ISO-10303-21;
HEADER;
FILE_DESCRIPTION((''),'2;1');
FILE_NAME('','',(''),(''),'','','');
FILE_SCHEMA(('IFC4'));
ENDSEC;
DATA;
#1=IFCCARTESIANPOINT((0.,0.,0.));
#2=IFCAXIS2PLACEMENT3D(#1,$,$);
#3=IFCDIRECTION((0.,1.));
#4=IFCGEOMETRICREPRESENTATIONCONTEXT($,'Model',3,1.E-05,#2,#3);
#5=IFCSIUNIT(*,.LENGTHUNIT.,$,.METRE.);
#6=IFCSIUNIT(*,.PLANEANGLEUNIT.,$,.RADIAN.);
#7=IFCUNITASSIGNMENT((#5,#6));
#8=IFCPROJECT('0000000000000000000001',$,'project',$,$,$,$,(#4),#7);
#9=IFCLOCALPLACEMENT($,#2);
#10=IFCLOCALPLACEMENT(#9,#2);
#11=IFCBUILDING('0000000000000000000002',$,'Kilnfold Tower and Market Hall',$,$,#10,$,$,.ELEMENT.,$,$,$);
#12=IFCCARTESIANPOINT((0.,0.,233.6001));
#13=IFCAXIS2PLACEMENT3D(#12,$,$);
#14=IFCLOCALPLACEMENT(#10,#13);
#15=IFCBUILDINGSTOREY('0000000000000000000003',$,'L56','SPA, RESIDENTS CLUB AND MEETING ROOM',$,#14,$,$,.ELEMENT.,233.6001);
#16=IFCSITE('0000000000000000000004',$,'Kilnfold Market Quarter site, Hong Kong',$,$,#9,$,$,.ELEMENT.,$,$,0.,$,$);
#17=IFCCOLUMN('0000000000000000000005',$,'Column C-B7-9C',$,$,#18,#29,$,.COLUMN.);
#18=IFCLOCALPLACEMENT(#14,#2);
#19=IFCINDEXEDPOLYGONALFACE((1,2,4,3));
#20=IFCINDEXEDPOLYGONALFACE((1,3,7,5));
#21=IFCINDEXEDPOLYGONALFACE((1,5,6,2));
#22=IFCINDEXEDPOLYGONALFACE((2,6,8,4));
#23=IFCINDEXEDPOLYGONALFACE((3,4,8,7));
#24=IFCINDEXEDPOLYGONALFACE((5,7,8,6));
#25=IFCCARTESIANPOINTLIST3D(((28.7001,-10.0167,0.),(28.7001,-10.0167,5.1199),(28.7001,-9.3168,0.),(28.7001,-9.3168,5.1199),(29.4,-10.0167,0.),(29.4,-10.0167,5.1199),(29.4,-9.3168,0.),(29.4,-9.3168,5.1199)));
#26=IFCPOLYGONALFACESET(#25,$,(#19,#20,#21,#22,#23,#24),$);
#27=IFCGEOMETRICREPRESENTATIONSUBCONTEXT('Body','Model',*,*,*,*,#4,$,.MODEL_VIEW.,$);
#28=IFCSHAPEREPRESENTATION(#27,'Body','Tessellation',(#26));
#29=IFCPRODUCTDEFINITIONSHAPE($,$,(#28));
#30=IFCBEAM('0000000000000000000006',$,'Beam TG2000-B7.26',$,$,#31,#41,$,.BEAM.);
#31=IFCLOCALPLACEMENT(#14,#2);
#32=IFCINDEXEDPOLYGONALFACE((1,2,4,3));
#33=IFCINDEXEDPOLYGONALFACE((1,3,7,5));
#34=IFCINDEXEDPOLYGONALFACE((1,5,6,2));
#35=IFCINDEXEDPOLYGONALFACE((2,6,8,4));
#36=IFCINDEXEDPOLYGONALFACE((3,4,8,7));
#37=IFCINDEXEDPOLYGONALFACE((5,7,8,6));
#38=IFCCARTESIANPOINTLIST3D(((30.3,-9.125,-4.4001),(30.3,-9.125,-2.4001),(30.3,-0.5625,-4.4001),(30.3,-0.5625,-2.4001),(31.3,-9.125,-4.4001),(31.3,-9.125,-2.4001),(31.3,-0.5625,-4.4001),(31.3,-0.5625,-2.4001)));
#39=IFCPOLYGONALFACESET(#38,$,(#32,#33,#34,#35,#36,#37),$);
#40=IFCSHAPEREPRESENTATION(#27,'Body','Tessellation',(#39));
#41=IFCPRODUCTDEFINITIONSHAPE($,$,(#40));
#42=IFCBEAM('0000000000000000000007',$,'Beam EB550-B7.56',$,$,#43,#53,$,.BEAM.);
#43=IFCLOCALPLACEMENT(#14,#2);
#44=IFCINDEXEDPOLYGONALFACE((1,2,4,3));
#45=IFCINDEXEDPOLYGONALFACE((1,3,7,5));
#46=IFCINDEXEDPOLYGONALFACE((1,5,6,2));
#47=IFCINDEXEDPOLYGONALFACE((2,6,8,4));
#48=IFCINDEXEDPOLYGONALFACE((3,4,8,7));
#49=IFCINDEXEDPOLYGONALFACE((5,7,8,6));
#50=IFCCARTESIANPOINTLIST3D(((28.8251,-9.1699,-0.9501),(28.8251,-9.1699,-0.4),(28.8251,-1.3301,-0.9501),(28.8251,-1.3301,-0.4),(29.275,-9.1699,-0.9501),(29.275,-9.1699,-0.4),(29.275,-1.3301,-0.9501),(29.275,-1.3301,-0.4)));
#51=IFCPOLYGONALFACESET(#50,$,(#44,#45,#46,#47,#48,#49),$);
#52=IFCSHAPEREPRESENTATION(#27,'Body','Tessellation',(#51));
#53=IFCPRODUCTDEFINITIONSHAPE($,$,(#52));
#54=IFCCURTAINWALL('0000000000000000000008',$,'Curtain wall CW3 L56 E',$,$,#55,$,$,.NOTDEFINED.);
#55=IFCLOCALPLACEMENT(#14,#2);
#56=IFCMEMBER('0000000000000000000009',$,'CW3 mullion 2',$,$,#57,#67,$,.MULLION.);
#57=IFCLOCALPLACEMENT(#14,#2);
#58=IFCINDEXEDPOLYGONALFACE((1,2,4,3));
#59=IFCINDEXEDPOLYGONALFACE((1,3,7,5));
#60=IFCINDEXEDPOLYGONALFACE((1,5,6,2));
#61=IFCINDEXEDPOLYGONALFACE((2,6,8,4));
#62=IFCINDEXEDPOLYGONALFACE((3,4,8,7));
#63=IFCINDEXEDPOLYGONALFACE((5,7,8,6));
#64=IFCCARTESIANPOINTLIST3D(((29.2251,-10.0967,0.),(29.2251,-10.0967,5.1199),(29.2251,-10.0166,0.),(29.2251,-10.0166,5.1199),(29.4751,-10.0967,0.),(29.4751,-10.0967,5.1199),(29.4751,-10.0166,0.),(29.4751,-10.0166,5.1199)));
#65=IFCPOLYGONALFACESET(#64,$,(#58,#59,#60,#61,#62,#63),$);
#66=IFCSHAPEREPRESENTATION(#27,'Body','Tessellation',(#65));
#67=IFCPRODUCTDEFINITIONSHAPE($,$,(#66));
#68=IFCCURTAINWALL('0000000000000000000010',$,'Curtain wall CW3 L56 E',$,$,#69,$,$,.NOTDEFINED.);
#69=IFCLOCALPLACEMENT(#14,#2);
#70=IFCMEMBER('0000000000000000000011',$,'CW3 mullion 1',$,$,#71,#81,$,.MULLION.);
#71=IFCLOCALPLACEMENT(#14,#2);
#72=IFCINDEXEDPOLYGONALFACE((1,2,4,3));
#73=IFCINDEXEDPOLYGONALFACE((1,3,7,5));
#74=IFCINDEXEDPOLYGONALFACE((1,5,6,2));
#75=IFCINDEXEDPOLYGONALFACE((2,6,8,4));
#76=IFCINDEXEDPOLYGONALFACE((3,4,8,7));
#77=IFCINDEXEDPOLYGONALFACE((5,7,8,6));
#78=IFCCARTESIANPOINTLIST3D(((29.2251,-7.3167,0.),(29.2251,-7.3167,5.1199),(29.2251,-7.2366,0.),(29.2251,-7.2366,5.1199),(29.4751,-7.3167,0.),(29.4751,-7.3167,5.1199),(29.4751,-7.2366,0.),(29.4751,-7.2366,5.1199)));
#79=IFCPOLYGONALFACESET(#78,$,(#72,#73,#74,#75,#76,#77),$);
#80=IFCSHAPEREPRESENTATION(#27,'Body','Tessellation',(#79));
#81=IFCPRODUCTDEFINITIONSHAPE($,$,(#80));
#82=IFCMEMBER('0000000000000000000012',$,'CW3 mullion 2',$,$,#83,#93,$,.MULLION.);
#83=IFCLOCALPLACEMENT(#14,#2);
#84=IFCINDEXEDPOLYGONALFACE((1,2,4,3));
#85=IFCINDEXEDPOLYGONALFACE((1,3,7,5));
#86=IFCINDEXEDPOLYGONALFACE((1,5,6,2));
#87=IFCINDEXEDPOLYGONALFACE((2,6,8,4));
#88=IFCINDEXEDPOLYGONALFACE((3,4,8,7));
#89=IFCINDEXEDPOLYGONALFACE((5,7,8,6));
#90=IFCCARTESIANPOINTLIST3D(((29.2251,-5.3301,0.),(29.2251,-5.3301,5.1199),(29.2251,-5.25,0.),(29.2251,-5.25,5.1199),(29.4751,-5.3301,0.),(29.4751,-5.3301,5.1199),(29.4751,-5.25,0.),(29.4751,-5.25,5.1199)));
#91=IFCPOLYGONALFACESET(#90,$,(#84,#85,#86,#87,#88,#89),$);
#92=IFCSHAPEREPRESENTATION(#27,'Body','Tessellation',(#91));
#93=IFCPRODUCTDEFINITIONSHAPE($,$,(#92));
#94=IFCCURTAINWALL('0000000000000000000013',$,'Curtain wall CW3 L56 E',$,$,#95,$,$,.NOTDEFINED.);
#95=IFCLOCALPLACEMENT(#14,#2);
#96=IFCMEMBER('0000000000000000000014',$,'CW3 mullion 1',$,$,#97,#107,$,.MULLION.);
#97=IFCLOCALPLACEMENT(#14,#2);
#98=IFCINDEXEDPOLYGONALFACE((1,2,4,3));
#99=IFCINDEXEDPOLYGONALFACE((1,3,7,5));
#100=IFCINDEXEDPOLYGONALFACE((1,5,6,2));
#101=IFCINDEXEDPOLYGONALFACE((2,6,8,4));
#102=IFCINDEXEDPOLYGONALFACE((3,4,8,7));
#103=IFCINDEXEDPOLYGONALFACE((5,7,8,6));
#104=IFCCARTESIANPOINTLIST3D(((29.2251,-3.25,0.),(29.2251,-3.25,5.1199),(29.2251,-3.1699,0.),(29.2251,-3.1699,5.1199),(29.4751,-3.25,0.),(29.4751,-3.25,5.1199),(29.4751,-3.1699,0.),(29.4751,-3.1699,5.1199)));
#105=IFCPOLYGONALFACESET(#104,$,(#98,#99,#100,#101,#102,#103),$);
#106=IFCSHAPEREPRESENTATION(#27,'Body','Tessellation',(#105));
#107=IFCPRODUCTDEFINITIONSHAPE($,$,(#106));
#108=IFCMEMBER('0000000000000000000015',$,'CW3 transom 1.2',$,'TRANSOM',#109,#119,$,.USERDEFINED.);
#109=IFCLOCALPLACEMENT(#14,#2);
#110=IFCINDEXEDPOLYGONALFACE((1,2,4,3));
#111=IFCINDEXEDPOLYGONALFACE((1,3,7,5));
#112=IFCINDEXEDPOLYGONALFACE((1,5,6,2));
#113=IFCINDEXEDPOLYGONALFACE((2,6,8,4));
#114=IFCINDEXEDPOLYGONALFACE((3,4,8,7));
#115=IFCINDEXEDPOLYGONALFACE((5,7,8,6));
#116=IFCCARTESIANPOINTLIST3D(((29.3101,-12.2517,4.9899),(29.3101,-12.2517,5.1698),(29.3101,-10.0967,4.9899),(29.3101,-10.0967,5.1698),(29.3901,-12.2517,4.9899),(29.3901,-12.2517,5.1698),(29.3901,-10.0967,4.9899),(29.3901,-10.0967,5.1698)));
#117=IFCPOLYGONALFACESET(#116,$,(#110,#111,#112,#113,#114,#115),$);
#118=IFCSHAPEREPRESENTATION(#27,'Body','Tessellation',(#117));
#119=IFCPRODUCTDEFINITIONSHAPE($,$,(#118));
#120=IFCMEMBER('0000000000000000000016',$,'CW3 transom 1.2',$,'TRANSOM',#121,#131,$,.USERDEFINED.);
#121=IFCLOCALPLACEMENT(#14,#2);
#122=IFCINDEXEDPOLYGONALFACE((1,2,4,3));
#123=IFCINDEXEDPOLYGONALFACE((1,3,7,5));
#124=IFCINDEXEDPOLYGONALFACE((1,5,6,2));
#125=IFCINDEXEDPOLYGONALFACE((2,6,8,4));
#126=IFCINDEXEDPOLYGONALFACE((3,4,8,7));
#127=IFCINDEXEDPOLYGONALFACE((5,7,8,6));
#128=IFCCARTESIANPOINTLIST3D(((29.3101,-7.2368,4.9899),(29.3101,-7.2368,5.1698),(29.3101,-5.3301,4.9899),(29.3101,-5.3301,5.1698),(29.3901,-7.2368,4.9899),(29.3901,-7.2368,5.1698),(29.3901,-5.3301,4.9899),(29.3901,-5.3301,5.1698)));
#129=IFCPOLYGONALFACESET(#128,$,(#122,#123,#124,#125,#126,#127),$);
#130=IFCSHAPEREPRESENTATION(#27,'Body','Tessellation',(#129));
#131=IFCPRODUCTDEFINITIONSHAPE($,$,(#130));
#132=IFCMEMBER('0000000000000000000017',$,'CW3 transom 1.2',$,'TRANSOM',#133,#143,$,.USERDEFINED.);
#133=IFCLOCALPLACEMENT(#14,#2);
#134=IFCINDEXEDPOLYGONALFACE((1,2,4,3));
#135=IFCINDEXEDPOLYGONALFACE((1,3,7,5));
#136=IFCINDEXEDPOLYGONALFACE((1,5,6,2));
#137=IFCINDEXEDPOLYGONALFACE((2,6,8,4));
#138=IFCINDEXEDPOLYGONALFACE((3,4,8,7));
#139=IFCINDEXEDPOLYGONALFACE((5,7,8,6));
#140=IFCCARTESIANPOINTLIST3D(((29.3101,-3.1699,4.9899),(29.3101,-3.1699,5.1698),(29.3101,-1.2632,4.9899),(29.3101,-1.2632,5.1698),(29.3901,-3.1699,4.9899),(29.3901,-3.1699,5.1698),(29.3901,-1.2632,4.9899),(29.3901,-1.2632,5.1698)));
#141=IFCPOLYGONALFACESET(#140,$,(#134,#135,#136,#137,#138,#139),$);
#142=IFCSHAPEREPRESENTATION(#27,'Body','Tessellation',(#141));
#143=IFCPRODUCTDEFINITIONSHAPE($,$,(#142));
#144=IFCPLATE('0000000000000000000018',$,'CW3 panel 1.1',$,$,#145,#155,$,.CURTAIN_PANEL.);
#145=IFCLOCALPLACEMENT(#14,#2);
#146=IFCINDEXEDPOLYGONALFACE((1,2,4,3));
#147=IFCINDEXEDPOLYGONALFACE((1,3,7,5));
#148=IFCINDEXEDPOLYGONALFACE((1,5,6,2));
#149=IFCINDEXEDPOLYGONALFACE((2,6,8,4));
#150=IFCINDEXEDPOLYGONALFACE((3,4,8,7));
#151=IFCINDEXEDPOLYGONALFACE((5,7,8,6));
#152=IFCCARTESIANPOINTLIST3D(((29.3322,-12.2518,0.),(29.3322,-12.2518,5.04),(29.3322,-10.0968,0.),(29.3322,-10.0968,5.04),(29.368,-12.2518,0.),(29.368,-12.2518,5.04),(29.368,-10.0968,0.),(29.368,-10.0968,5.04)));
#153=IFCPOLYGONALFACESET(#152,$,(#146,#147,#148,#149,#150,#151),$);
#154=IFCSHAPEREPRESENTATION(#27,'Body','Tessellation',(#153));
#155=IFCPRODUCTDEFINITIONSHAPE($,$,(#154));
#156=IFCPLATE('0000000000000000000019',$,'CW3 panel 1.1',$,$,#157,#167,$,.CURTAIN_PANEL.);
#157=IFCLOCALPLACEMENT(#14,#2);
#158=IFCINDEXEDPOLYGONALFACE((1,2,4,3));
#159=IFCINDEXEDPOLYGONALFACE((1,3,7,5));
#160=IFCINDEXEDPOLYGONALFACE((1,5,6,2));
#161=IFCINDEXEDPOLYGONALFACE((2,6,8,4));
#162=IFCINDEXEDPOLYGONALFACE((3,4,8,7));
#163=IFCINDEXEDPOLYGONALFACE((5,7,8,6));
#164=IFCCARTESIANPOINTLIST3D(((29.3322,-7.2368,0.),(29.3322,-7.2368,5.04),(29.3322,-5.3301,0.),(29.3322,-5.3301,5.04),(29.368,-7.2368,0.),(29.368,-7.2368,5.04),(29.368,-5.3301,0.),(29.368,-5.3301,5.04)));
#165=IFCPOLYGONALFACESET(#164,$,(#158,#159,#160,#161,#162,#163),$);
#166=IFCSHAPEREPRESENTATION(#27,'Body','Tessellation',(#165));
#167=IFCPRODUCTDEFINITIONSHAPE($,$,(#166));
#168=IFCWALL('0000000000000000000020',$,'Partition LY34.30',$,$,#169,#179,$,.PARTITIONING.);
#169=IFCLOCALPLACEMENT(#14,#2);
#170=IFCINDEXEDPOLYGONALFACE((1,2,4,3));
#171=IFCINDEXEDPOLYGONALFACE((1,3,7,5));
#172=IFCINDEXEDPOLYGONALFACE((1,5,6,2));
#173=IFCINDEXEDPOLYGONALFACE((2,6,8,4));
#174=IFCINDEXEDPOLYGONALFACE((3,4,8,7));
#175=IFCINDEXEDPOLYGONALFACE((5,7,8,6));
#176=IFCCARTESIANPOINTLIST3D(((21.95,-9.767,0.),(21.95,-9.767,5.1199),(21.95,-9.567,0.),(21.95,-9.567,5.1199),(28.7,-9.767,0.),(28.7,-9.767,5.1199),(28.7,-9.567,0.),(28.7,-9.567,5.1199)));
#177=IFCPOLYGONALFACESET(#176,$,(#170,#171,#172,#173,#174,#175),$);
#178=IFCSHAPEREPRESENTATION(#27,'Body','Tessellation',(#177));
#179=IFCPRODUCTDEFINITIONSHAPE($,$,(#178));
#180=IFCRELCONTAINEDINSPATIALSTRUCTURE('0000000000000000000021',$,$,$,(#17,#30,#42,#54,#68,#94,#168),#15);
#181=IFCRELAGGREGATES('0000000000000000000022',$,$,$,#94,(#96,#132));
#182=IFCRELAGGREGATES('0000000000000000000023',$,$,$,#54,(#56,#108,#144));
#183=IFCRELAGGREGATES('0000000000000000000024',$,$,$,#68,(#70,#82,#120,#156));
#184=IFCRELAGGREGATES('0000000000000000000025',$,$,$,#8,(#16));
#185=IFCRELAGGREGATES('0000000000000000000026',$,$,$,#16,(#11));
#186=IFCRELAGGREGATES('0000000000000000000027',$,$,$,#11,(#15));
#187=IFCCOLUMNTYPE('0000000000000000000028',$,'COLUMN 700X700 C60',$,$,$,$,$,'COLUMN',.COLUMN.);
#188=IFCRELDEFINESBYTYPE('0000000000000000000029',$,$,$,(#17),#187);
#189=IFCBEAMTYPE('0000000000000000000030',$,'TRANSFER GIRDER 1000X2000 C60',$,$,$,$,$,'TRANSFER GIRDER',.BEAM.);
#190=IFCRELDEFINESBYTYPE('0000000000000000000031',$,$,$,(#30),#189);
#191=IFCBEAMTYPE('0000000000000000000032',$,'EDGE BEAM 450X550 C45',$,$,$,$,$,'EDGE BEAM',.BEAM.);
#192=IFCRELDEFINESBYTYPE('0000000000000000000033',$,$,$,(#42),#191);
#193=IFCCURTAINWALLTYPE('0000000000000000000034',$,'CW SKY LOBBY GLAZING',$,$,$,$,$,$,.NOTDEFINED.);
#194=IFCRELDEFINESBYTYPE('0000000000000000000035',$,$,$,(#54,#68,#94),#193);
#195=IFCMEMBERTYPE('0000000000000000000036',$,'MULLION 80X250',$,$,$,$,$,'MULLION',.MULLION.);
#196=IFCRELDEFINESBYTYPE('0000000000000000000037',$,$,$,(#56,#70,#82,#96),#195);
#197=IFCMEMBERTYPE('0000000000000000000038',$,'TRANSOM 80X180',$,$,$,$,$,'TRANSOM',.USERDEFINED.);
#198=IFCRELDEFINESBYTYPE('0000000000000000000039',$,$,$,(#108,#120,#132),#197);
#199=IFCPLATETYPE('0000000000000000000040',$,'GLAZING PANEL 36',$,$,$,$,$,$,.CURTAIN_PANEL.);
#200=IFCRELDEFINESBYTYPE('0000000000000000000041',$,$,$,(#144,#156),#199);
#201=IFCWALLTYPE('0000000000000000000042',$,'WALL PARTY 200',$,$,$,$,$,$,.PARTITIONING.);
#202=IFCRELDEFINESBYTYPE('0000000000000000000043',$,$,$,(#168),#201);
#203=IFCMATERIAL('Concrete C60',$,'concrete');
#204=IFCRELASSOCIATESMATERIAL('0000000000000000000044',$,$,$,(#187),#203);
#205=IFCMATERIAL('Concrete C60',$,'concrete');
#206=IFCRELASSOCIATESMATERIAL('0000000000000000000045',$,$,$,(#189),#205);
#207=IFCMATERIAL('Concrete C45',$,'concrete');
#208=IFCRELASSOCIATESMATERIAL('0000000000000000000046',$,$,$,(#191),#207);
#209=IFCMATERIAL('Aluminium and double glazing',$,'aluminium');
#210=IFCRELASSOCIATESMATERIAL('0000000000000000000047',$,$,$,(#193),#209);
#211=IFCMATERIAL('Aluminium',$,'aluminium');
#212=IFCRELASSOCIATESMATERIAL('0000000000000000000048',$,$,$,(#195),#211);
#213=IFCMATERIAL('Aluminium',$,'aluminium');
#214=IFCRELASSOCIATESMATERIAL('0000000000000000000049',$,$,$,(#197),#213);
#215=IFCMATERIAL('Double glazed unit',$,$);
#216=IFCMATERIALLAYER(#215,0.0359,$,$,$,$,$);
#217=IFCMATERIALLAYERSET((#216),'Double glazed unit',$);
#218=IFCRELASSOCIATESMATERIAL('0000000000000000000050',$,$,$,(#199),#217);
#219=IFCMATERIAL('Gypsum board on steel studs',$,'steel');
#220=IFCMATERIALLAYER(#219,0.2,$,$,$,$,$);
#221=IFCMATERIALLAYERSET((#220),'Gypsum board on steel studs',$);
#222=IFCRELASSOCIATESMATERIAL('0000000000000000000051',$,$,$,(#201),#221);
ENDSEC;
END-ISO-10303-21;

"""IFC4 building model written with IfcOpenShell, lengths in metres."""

from ifc_helpers import new_model, si_unit, direction, frame, frame_2d, origin, origin_2d, place, context, subcontext, project, spatial, rectangle, extrude, source, transform, mapped, material, layer, layer_set, material_profile, profile_set, type_object, element, aggregate, save


model = new_model("IFC4")

# Units and contexts
model_context = context("Model", 3, precision=1e-05, world=origin(), true_north=direction((0.0, 1.0)))
body_context = subcontext(model_context, "Body", "Model", "MODEL_VIEW")
ifc_project = project(units=[si_unit("LENGTHUNIT", "METRE"), si_unit("PLANEANGLEUNIT", "RADIAN")], contexts=[model_context])

# Site, building, storey
site_placement = place(None, origin())
site = spatial("IfcSite", under=ifc_project, at=site_placement, Name="Kilnfold Market Quarter site, Hong Kong", CompositionType="ELEMENT", RefElevation=0.0)
building_placement = place(site_placement, origin())
building = spatial("IfcBuilding", under=site, at=building_placement, Name="Kilnfold Tower and Market Hall", CompositionType="ELEMENT")
storey_placement = place(building_placement, frame((0.0, 0.0, 233.6001)))
storey = spatial("IfcBuildingStorey", under=building, at=storey_placement, Name="L56", Description="SPA, RESIDENTS CLUB AND MEETING ROOM", CompositionType="ELEMENT", Elevation=233.6001)

# Column
ifc_material_1 = material(Name="Concrete C60", Category="concrete")
ifc_material_profile_1 = material_profile(ifc_material_1, rectangle(XDim=0.7, YDim=0.7, at=origin_2d()), Name="RC 700x700")
ifc_profile_set_1 = profile_set([ifc_material_profile_1], Name="Concrete C60")
column_type = type_object("IfcColumnType", Name="COLUMN 700X700 C60", ElementType="COLUMN", PredefinedType="COLUMN", material=ifc_profile_set_1)
shared_shape_1 = source(origin(), body_context, "Body", "SweptSolid", [
    extrude(rectangle(XDim=0.7, YDim=0.7, at=origin_2d()), origin(), (0.0, 0.0, 1.0), 5.1199),
])
column_placement = place(storey_placement, frame((29.05, -9.6667, 0.0), z_axis=(0.0, 0.0, 1.0), x_axis=(1.0, 0.0, 0.0)))
element("IfcColumn", 1, at=column_placement, inside=storey, type_object=column_type, Name="Column C-B7-9C", PredefinedType="COLUMN", context=body_context, shape_type="MappedRepresentation", body=[
    mapped(shared_shape_1, transform((0.0, 0.0, 0.0))),
])

# Beams
ifc_material_2 = material(Name="Concrete C60", Category="concrete")
ifc_material_profile_2 = material_profile(ifc_material_2, rectangle(XDim=1.0, YDim=2.0, at=origin_2d()), Name="RC 1000x2000")
ifc_profile_set_2 = profile_set([ifc_material_profile_2], Name="Concrete C60")
beam_type_1 = type_object("IfcBeamType", Name="TRANSFER GIRDER 1000X2000 C60", ElementType="TRANSFER GIRDER", PredefinedType="BEAM", material=ifc_profile_set_2)
shared_shape_2 = source(origin(), body_context, "Body", "SweptSolid", [
    extrude(rectangle(XDim=1.0, YDim=2.0, at=origin_2d()), origin(), (0.0, 0.0, 1.0), 8.5625),
])
beam_1_placement = place(storey_placement, frame((30.8, -9.125, -3.4001), z_axis=(0.0, 1.0, 0.0), x_axis=(-1.0, 0.0, 0.0)))
element("IfcBeam", 2, at=beam_1_placement, inside=storey, type_object=beam_type_1, Name="Beam TG2000-B7.26", PredefinedType="BEAM", context=body_context, shape_type="MappedRepresentation", body=[
    mapped(shared_shape_2, transform((0.0, 0.0, 0.0))),
])
ifc_material_3 = material(Name="Concrete C45", Category="concrete")
ifc_material_profile_3 = material_profile(ifc_material_3, rectangle(XDim=0.45, YDim=0.55, at=origin_2d()), Name="RC 450x550")
ifc_profile_set_3 = profile_set([ifc_material_profile_3], Name="Concrete C45")
beam_type_2 = type_object("IfcBeamType", Name="EDGE BEAM 450X550 C45", ElementType="EDGE BEAM", PredefinedType="BEAM", material=ifc_profile_set_3)
shared_shape_3 = source(origin(), body_context, "Body", "SweptSolid", [
    extrude(rectangle(XDim=0.45, YDim=0.55, at=origin_2d()), origin(), (0.0, 0.0, 1.0), 7.8398),
])
beam_2_placement = place(storey_placement, frame((29.05, -9.1699, -0.675), z_axis=(0.0, 1.0, 0.0), x_axis=(-1.0, 0.0, 0.0)))
element("IfcBeam", 3, at=beam_2_placement, inside=storey, type_object=beam_type_2, Name="Beam EB550-B7.56", PredefinedType="BEAM", context=body_context, shape_type="MappedRepresentation", body=[
    mapped(shared_shape_3, transform((0.0, 0.0, 0.0))),
])

# Curtain wall, member
ifc_material_4 = material(Name="Aluminium and double glazing", Category="aluminium")
curtain_wall_type = type_object("IfcCurtainWallType", Name="CW SKY LOBBY GLAZING", PredefinedType="NOTDEFINED", material=ifc_material_4)
curtain_wall_1_placement = place(storey_placement, origin())
curtain_wall_1 = element("IfcCurtainWall", 4, at=curtain_wall_1_placement, inside=storey, type_object=curtain_wall_type, Name="Curtain wall CW3 L56 E", PredefinedType="NOTDEFINED")
ifc_material_5 = material(Name="Aluminium", Category="aluminium")
ifc_material_profile_4 = material_profile(ifc_material_5, rectangle(XDim=0.0801, YDim=0.25, at=origin_2d()), Name="MULLION 80x250")
ifc_profile_set_4 = profile_set([ifc_material_profile_4], Name="Aluminium")
member_type_1 = type_object("IfcMemberType", Name="MULLION 80X250", ElementType="MULLION", PredefinedType="MULLION", material=ifc_profile_set_4)
shared_shape_4 = source(origin(), body_context, "Body", "SweptSolid", [
    extrude(rectangle(XDim=0.0801, YDim=0.25, at=origin_2d()), origin(), (0.0, 0.0, 1.0), 5.1199),
])
member_1_placement = place(storey_placement, frame((29.3501, -10.0566, 0.0), z_axis=(0.0, 0.0, 1.0), x_axis=(0.0, 1.0, 0.0)))
member_1 = element("IfcMember", 5, at=member_1_placement, type_object=member_type_1, Name="CW3 mullion 2", PredefinedType="MULLION", context=body_context, shape_type="MappedRepresentation", body=[
    mapped(shared_shape_4, transform((0.0, 0.0, 0.0))),
])

# Curtain wall, members
curtain_wall_2_placement = place(storey_placement, origin())
curtain_wall_2 = element("IfcCurtainWall", 6, at=curtain_wall_2_placement, inside=storey, type_object=curtain_wall_type, Name="Curtain wall CW3 L56 E", PredefinedType="NOTDEFINED")
member_2_placement = place(storey_placement, frame((29.3501, -7.2766, 0.0), z_axis=(0.0, 0.0, 1.0), x_axis=(0.0, 1.0, 0.0)))
member_2 = element("IfcMember", 7, at=member_2_placement, type_object=member_type_1, Name="CW3 mullion 1", PredefinedType="MULLION", context=body_context, shape_type="MappedRepresentation", body=[
    mapped(shared_shape_4, transform((0.0, 0.0, 0.0))),
])
member_3_placement = place(storey_placement, frame((29.3501, -5.29, 0.0), z_axis=(0.0, 0.0, 1.0), x_axis=(0.0, 1.0, 0.0)))
member_3 = element("IfcMember", 8, at=member_3_placement, type_object=member_type_1, Name="CW3 mullion 2", PredefinedType="MULLION", context=body_context, shape_type="MappedRepresentation", body=[
    mapped(shared_shape_4, transform((0.0, 0.0, 0.0))),
])

# Curtain wall, member
curtain_wall_3_placement = place(storey_placement, origin())
curtain_wall_3 = element("IfcCurtainWall", 9, at=curtain_wall_3_placement, inside=storey, type_object=curtain_wall_type, Name="Curtain wall CW3 L56 E", PredefinedType="NOTDEFINED")
member_4_placement = place(storey_placement, frame((29.3501, -3.21, 0.0), z_axis=(0.0, 0.0, 1.0), x_axis=(0.0, 1.0, 0.0)))
member_4 = element("IfcMember", 10, at=member_4_placement, type_object=member_type_1, Name="CW3 mullion 1", PredefinedType="MULLION", context=body_context, shape_type="MappedRepresentation", body=[
    mapped(shared_shape_4, transform((0.0, 0.0, 0.0))),
])

# Members
ifc_material_6 = material(Name="Aluminium", Category="aluminium")
ifc_material_profile_5 = material_profile(ifc_material_6, rectangle(XDim=0.0801, YDim=0.1799, at=origin_2d()), Name="TRANSOM 80x180")
ifc_profile_set_5 = profile_set([ifc_material_profile_5], Name="Aluminium")
member_type_2 = type_object("IfcMemberType", Name="TRANSOM 80X180", ElementType="TRANSOM", PredefinedType="USERDEFINED", material=ifc_profile_set_5)
shared_shape_5 = source(origin(), body_context, "Body", "SweptSolid", [
    extrude(rectangle(XDim=0.0801, YDim=0.1799, at=origin_2d()), origin(), (0.0, 0.0, 1.0), 2.155),
])
member_5_placement = place(storey_placement, frame((29.3501, -12.2517, 5.0798), z_axis=(0.0, 1.0, 0.0), x_axis=(-1.0, 0.0, 0.0)))
member_5 = element("IfcMember", 11, at=member_5_placement, type_object=member_type_2, Name="CW3 transom 1.2", ObjectType="TRANSOM", PredefinedType="USERDEFINED", context=body_context, shape_type="MappedRepresentation", body=[
    mapped(shared_shape_5, transform((0.0, 0.0, 0.0))),
])
shared_shape_6 = source(origin(), body_context, "Body", "SweptSolid", [
    extrude(rectangle(XDim=0.0801, YDim=0.1799, at=origin_2d()), origin(), (0.0, 0.0, 1.0), 1.9067),
])
member_6_placement = place(storey_placement, frame((29.3501, -7.2368, 5.0798), z_axis=(0.0, 1.0, 0.0), x_axis=(-1.0, 0.0, 0.0)))
member_6 = element("IfcMember", 12, at=member_6_placement, type_object=member_type_2, Name="CW3 transom 1.2", ObjectType="TRANSOM", PredefinedType="USERDEFINED", context=body_context, shape_type="MappedRepresentation", body=[
    mapped(shared_shape_6, transform((0.0, 0.0, 0.0))),
])
member_7_placement = place(storey_placement, frame((29.3501, -3.1699, 5.0798), z_axis=(0.0, 1.0, 0.0), x_axis=(-1.0, 0.0, 0.0)))
member_7 = element("IfcMember", 13, at=member_7_placement, type_object=member_type_2, Name="CW3 transom 1.2", ObjectType="TRANSOM", PredefinedType="USERDEFINED", context=body_context, shape_type="MappedRepresentation", body=[
    mapped(shared_shape_6, transform((0.0, 0.0, 0.0))),
])
aggregate(curtain_wall_3, [member_4, member_7])

# Plates
ifc_material_7 = material(Name="Double glazed unit")
ifc_layer_1 = layer(ifc_material_7, 0.0359)
ifc_layer_set_1 = layer_set([ifc_layer_1], Name="Double glazed unit")
plate_type = type_object("IfcPlateType", Name="GLAZING PANEL 36", PredefinedType="CURTAIN_PANEL", material=ifc_layer_set_1)
shared_shape_7 = source(origin(), body_context, "Body", "SweptSolid", [
    extrude(rectangle(XDim=2.155, YDim=0.0359, at=origin_2d()), origin(), (0.0, 0.0, 1.0), 5.04),
])
plate_1_placement = place(storey_placement, frame((29.3501, -11.1743, 0.0), z_axis=(0.0, 0.0, 1.0), x_axis=(0.0, 1.0, 0.0)))
plate_1 = element("IfcPlate", 14, at=plate_1_placement, type_object=plate_type, Name="CW3 panel 1.1", PredefinedType="CURTAIN_PANEL", context=body_context, shape_type="MappedRepresentation", body=[
    mapped(shared_shape_7, transform((0.0, 0.0, 0.0))),
])
aggregate(curtain_wall_1, [member_1, member_5, plate_1])
shared_shape_8 = source(origin(), body_context, "Body", "SweptSolid", [
    extrude(rectangle(XDim=1.9067, YDim=0.0359, at=origin_2d()), origin(), (0.0, 0.0, 1.0), 5.04),
])
plate_2_placement = place(storey_placement, frame((29.3501, -6.2834, 0.0), z_axis=(0.0, 0.0, 1.0), x_axis=(0.0, 1.0, 0.0)))
plate_2 = element("IfcPlate", 15, at=plate_2_placement, type_object=plate_type, Name="CW3 panel 1.1", PredefinedType="CURTAIN_PANEL", context=body_context, shape_type="MappedRepresentation", body=[
    mapped(shared_shape_8, transform((0.0, 0.0, 0.0))),
])
aggregate(curtain_wall_2, [member_2, member_3, member_6, plate_2])

# Wall
ifc_material_8 = material(Name="Gypsum board on steel studs", Category="steel")
ifc_layer_2 = layer(ifc_material_8, 0.2)
ifc_layer_set_2 = layer_set([ifc_layer_2], Name="Gypsum board on steel studs")
wall_type_1 = type_object("IfcWallType", Name="WALL PARTY 200", PredefinedType="PARTITIONING", material=ifc_layer_set_2)
wall_1_placement = place(storey_placement, frame((28.7, -9.667, 0.0), z_axis=(0.0, 0.0, 1.0), x_axis=(-1.0, 0.0, 0.0)))
element("IfcWall", 16, at=wall_1_placement, inside=storey, type_object=wall_type_1, Name="Partition LY34.30", PredefinedType="PARTITIONING", context=body_context, shape_type="SweptSolid", body=[
    extrude(rectangle(XDim=6.75, YDim=0.2, at=frame_2d((3.375, 0.0))), origin(), (0.0, 0.0, 1.0), 5.1199),
])

save(model, "model.ifc")
